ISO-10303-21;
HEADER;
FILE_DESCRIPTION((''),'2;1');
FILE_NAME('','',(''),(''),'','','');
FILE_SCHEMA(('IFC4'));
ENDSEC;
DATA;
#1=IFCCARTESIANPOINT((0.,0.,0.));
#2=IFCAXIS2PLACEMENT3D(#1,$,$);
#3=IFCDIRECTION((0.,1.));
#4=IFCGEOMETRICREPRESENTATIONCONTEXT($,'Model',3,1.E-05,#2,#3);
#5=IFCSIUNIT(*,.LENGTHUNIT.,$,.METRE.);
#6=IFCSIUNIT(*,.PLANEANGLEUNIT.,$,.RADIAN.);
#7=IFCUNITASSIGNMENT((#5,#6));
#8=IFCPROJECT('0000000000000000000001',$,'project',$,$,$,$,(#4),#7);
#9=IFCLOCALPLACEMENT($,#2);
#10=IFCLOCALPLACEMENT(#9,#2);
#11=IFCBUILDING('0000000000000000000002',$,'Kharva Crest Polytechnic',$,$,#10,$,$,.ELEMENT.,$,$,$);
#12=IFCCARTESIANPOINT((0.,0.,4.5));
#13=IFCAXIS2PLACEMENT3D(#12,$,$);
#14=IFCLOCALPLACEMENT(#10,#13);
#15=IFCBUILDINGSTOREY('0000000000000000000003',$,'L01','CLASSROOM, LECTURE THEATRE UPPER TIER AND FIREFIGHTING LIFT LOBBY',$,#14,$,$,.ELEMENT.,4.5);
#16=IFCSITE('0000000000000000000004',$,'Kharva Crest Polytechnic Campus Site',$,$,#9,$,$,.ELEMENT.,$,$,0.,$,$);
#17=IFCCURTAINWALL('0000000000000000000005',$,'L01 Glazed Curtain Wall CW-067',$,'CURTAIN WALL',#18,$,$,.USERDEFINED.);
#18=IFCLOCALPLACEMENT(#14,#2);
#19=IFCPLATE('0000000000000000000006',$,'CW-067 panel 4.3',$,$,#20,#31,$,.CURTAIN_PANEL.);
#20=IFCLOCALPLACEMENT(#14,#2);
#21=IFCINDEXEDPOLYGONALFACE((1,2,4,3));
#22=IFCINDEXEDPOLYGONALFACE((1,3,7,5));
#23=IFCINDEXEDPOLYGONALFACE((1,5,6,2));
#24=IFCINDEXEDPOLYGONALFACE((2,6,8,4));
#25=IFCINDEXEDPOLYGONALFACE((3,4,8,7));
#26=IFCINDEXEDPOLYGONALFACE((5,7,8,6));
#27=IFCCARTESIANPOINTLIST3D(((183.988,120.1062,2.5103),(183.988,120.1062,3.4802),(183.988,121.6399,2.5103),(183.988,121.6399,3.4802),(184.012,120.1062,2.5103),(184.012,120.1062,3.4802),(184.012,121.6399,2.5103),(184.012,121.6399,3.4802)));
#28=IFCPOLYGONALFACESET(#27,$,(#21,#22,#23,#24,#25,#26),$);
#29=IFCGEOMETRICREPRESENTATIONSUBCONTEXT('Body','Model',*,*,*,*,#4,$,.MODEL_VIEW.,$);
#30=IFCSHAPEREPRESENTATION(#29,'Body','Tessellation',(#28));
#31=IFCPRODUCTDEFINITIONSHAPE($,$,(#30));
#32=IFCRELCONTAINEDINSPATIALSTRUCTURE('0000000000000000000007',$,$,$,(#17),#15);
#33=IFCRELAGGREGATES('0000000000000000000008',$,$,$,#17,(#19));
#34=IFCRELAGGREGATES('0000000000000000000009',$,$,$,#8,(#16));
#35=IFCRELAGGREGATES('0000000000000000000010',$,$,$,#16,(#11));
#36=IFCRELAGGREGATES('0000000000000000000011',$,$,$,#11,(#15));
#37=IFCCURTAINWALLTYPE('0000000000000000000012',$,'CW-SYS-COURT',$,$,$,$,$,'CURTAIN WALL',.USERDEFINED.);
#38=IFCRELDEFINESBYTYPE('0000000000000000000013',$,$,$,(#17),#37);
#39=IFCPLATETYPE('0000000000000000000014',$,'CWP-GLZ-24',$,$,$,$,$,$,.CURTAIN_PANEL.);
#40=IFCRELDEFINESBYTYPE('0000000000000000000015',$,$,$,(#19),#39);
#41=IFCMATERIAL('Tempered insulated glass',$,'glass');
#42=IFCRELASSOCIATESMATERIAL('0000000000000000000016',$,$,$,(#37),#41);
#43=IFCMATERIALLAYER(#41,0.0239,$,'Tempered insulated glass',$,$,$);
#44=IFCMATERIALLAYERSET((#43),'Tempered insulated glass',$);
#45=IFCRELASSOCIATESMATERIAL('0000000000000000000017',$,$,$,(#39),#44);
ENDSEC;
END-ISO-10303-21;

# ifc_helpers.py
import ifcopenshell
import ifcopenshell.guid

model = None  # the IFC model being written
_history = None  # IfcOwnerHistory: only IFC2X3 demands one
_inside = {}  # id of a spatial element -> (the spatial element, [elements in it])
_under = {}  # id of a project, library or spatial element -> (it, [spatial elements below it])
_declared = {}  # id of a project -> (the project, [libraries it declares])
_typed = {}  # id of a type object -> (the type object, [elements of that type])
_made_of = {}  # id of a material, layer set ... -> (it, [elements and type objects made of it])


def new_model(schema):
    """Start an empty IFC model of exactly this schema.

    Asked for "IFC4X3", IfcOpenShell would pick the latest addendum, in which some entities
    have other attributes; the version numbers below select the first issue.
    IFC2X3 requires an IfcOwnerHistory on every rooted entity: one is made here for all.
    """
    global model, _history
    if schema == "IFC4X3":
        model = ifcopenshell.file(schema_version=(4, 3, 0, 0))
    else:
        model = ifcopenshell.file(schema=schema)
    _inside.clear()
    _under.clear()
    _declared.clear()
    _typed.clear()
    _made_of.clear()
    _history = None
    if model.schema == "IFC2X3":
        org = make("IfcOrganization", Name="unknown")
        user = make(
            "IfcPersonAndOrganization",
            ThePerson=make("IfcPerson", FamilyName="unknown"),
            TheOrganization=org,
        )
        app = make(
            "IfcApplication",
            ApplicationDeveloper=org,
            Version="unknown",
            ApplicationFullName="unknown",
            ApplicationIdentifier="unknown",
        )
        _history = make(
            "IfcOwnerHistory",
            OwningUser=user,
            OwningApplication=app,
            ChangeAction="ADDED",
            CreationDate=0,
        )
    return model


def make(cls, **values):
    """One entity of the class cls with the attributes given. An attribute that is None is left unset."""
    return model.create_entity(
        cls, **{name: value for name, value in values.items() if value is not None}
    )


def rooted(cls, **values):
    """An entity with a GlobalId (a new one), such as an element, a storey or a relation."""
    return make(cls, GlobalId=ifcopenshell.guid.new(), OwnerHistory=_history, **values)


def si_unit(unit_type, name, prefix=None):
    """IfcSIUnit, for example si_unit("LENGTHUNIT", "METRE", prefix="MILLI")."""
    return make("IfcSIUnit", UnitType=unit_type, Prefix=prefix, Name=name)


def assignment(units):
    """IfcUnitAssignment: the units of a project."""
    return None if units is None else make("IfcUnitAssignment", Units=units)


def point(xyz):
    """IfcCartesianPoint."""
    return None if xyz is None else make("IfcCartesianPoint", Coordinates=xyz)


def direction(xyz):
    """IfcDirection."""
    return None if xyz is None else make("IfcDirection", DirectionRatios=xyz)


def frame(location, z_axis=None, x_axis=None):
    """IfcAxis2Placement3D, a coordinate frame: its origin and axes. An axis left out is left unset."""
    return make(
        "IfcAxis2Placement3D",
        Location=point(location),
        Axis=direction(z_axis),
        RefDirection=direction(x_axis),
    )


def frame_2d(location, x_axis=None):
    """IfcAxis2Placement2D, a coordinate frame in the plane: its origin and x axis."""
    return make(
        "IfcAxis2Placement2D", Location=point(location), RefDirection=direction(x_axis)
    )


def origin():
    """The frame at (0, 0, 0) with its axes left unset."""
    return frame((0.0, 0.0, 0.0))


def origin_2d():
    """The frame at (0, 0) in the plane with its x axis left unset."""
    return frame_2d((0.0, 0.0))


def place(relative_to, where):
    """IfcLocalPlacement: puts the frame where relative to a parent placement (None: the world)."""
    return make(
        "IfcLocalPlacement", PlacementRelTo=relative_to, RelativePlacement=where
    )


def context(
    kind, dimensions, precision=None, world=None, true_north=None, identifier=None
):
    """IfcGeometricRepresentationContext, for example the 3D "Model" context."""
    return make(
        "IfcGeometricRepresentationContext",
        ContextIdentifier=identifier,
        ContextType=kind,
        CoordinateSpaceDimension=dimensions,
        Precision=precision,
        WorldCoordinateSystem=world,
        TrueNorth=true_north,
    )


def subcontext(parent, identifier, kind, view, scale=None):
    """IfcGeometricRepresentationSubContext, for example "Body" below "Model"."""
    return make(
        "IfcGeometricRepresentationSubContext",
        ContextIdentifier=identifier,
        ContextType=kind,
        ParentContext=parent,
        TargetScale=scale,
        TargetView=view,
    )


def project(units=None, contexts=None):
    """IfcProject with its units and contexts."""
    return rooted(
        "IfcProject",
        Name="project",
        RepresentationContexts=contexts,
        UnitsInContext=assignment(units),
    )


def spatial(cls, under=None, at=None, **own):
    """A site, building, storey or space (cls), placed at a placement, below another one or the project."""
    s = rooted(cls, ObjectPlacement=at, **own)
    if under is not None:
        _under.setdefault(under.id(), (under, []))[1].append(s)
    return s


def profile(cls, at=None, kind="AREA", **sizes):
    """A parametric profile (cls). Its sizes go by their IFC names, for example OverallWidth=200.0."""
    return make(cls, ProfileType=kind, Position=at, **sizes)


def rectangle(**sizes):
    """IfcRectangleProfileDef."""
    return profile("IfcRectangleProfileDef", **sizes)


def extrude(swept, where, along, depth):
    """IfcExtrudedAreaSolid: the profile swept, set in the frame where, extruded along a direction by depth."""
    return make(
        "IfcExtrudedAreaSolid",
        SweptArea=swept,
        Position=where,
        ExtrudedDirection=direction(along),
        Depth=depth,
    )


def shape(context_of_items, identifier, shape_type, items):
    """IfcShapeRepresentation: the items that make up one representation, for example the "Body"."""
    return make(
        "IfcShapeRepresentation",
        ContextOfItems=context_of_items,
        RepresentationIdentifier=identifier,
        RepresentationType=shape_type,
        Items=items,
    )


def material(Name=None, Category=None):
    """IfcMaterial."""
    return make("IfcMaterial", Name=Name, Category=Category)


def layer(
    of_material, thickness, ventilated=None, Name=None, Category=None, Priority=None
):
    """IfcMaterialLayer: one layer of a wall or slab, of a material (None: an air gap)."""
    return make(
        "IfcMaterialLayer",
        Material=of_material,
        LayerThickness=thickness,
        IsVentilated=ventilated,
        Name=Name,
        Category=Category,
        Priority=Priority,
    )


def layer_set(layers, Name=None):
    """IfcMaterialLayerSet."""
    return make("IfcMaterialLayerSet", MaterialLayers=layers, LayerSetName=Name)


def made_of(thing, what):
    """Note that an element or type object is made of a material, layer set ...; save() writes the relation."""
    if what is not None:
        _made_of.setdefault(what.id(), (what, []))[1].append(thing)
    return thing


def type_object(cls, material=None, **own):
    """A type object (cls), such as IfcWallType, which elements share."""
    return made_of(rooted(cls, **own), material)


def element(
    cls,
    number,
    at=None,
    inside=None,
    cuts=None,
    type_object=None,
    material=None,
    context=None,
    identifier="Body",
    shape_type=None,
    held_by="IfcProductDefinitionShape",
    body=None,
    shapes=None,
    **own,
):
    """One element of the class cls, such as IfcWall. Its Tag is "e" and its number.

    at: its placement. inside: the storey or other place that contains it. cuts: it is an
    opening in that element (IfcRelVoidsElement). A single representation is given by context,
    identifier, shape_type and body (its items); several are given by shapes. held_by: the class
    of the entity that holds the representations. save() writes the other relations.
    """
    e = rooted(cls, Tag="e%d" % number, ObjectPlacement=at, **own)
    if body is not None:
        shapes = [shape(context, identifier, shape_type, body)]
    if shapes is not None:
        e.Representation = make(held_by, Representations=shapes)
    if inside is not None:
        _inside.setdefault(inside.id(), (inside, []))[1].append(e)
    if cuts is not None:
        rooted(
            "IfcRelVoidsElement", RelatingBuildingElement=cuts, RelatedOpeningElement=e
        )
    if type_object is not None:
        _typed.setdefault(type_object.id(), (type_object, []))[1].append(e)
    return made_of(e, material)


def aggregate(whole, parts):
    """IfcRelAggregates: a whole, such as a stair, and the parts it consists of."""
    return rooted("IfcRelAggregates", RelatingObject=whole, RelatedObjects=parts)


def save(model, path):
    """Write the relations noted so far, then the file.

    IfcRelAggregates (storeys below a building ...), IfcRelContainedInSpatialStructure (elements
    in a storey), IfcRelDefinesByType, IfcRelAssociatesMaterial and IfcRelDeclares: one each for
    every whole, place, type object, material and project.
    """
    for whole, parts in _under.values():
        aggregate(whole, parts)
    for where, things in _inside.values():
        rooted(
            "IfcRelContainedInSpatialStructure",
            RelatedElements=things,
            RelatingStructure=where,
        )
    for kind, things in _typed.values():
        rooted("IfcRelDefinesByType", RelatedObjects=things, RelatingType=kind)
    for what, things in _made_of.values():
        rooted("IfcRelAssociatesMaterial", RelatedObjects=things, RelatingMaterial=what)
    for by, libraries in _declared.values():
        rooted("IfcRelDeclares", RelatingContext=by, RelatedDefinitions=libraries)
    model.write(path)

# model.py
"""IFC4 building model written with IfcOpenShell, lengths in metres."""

from ifc_helpers import new_model, si_unit, direction, frame, origin, origin_2d, place, context, subcontext, project, spatial, rectangle, extrude, material, layer, layer_set, type_object, element, aggregate, save


model = new_model("IFC4")

# Units and contexts
model_context = context("Model", 3, precision=1e-05, world=origin(), true_north=direction((0.0, 1.0)))
body_context = subcontext(model_context, "Body", "Model", "MODEL_VIEW")
ifc_project = project(units=[si_unit("LENGTHUNIT", "METRE"), si_unit("PLANEANGLEUNIT", "RADIAN")], contexts=[model_context])

# Site, building, storey
site_placement = place(None, origin())
site = spatial("IfcSite", under=ifc_project, at=site_placement, Name="Kharva Crest Polytechnic Campus Site", CompositionType="ELEMENT", RefElevation=0.0)
building_placement = place(site_placement, origin())
building = spatial("IfcBuilding", under=site, at=building_placement, Name="Kharva Crest Polytechnic", CompositionType="ELEMENT")
storey_placement = place(building_placement, frame((0.0, 0.0, 4.5)))
storey = spatial("IfcBuildingStorey", under=building, at=storey_placement, Name="L01", Description="CLASSROOM, LECTURE THEATRE UPPER TIER AND FIREFIGHTING LIFT LOBBY", CompositionType="ELEMENT", Elevation=4.5)

# Curtain wall
ifc_material_1 = material(Name="Tempered insulated glass", Category="glass")
curtain_wall_type = type_object("IfcCurtainWallType", Name="CW-SYS-COURT", ElementType="CURTAIN WALL", PredefinedType="USERDEFINED", material=ifc_material_1)
curtain_wall_1_placement = place(storey_placement, origin())
curtain_wall_1 = element("IfcCurtainWall", 1, at=curtain_wall_1_placement, inside=storey, type_object=curtain_wall_type, Name="L01 Glazed Curtain Wall CW-067", ObjectType="CURTAIN WALL", PredefinedType="USERDEFINED")

# Plate
ifc_layer = layer(ifc_material_1, 0.0239, Name="Tempered insulated glass")
ifc_layer_set = layer_set([ifc_layer], Name="Tempered insulated glass")
plate_type = type_object("IfcPlateType", Name="CWP-GLZ-24", PredefinedType="CURTAIN_PANEL", material=ifc_layer_set)
plate_1_placement = place(storey_placement, frame((184.0, 120.873, 2.5103), z_axis=(0.0, 0.0, 1.0), x_axis=(0.0, 1.0, 0.0)))
plate_1 = element("IfcPlate", 2, at=plate_1_placement, type_object=plate_type, Name="CW-067 panel 4.3", PredefinedType="CURTAIN_PANEL", context=body_context, shape_type="SweptSolid", body=[
    extrude(rectangle(XDim=1.5337, YDim=0.0239, at=origin_2d()), origin(), (0.0, 0.0, 1.0), 0.97),
])
aggregate(curtain_wall_1, [plate_1])

save(model, "model.ifc")
